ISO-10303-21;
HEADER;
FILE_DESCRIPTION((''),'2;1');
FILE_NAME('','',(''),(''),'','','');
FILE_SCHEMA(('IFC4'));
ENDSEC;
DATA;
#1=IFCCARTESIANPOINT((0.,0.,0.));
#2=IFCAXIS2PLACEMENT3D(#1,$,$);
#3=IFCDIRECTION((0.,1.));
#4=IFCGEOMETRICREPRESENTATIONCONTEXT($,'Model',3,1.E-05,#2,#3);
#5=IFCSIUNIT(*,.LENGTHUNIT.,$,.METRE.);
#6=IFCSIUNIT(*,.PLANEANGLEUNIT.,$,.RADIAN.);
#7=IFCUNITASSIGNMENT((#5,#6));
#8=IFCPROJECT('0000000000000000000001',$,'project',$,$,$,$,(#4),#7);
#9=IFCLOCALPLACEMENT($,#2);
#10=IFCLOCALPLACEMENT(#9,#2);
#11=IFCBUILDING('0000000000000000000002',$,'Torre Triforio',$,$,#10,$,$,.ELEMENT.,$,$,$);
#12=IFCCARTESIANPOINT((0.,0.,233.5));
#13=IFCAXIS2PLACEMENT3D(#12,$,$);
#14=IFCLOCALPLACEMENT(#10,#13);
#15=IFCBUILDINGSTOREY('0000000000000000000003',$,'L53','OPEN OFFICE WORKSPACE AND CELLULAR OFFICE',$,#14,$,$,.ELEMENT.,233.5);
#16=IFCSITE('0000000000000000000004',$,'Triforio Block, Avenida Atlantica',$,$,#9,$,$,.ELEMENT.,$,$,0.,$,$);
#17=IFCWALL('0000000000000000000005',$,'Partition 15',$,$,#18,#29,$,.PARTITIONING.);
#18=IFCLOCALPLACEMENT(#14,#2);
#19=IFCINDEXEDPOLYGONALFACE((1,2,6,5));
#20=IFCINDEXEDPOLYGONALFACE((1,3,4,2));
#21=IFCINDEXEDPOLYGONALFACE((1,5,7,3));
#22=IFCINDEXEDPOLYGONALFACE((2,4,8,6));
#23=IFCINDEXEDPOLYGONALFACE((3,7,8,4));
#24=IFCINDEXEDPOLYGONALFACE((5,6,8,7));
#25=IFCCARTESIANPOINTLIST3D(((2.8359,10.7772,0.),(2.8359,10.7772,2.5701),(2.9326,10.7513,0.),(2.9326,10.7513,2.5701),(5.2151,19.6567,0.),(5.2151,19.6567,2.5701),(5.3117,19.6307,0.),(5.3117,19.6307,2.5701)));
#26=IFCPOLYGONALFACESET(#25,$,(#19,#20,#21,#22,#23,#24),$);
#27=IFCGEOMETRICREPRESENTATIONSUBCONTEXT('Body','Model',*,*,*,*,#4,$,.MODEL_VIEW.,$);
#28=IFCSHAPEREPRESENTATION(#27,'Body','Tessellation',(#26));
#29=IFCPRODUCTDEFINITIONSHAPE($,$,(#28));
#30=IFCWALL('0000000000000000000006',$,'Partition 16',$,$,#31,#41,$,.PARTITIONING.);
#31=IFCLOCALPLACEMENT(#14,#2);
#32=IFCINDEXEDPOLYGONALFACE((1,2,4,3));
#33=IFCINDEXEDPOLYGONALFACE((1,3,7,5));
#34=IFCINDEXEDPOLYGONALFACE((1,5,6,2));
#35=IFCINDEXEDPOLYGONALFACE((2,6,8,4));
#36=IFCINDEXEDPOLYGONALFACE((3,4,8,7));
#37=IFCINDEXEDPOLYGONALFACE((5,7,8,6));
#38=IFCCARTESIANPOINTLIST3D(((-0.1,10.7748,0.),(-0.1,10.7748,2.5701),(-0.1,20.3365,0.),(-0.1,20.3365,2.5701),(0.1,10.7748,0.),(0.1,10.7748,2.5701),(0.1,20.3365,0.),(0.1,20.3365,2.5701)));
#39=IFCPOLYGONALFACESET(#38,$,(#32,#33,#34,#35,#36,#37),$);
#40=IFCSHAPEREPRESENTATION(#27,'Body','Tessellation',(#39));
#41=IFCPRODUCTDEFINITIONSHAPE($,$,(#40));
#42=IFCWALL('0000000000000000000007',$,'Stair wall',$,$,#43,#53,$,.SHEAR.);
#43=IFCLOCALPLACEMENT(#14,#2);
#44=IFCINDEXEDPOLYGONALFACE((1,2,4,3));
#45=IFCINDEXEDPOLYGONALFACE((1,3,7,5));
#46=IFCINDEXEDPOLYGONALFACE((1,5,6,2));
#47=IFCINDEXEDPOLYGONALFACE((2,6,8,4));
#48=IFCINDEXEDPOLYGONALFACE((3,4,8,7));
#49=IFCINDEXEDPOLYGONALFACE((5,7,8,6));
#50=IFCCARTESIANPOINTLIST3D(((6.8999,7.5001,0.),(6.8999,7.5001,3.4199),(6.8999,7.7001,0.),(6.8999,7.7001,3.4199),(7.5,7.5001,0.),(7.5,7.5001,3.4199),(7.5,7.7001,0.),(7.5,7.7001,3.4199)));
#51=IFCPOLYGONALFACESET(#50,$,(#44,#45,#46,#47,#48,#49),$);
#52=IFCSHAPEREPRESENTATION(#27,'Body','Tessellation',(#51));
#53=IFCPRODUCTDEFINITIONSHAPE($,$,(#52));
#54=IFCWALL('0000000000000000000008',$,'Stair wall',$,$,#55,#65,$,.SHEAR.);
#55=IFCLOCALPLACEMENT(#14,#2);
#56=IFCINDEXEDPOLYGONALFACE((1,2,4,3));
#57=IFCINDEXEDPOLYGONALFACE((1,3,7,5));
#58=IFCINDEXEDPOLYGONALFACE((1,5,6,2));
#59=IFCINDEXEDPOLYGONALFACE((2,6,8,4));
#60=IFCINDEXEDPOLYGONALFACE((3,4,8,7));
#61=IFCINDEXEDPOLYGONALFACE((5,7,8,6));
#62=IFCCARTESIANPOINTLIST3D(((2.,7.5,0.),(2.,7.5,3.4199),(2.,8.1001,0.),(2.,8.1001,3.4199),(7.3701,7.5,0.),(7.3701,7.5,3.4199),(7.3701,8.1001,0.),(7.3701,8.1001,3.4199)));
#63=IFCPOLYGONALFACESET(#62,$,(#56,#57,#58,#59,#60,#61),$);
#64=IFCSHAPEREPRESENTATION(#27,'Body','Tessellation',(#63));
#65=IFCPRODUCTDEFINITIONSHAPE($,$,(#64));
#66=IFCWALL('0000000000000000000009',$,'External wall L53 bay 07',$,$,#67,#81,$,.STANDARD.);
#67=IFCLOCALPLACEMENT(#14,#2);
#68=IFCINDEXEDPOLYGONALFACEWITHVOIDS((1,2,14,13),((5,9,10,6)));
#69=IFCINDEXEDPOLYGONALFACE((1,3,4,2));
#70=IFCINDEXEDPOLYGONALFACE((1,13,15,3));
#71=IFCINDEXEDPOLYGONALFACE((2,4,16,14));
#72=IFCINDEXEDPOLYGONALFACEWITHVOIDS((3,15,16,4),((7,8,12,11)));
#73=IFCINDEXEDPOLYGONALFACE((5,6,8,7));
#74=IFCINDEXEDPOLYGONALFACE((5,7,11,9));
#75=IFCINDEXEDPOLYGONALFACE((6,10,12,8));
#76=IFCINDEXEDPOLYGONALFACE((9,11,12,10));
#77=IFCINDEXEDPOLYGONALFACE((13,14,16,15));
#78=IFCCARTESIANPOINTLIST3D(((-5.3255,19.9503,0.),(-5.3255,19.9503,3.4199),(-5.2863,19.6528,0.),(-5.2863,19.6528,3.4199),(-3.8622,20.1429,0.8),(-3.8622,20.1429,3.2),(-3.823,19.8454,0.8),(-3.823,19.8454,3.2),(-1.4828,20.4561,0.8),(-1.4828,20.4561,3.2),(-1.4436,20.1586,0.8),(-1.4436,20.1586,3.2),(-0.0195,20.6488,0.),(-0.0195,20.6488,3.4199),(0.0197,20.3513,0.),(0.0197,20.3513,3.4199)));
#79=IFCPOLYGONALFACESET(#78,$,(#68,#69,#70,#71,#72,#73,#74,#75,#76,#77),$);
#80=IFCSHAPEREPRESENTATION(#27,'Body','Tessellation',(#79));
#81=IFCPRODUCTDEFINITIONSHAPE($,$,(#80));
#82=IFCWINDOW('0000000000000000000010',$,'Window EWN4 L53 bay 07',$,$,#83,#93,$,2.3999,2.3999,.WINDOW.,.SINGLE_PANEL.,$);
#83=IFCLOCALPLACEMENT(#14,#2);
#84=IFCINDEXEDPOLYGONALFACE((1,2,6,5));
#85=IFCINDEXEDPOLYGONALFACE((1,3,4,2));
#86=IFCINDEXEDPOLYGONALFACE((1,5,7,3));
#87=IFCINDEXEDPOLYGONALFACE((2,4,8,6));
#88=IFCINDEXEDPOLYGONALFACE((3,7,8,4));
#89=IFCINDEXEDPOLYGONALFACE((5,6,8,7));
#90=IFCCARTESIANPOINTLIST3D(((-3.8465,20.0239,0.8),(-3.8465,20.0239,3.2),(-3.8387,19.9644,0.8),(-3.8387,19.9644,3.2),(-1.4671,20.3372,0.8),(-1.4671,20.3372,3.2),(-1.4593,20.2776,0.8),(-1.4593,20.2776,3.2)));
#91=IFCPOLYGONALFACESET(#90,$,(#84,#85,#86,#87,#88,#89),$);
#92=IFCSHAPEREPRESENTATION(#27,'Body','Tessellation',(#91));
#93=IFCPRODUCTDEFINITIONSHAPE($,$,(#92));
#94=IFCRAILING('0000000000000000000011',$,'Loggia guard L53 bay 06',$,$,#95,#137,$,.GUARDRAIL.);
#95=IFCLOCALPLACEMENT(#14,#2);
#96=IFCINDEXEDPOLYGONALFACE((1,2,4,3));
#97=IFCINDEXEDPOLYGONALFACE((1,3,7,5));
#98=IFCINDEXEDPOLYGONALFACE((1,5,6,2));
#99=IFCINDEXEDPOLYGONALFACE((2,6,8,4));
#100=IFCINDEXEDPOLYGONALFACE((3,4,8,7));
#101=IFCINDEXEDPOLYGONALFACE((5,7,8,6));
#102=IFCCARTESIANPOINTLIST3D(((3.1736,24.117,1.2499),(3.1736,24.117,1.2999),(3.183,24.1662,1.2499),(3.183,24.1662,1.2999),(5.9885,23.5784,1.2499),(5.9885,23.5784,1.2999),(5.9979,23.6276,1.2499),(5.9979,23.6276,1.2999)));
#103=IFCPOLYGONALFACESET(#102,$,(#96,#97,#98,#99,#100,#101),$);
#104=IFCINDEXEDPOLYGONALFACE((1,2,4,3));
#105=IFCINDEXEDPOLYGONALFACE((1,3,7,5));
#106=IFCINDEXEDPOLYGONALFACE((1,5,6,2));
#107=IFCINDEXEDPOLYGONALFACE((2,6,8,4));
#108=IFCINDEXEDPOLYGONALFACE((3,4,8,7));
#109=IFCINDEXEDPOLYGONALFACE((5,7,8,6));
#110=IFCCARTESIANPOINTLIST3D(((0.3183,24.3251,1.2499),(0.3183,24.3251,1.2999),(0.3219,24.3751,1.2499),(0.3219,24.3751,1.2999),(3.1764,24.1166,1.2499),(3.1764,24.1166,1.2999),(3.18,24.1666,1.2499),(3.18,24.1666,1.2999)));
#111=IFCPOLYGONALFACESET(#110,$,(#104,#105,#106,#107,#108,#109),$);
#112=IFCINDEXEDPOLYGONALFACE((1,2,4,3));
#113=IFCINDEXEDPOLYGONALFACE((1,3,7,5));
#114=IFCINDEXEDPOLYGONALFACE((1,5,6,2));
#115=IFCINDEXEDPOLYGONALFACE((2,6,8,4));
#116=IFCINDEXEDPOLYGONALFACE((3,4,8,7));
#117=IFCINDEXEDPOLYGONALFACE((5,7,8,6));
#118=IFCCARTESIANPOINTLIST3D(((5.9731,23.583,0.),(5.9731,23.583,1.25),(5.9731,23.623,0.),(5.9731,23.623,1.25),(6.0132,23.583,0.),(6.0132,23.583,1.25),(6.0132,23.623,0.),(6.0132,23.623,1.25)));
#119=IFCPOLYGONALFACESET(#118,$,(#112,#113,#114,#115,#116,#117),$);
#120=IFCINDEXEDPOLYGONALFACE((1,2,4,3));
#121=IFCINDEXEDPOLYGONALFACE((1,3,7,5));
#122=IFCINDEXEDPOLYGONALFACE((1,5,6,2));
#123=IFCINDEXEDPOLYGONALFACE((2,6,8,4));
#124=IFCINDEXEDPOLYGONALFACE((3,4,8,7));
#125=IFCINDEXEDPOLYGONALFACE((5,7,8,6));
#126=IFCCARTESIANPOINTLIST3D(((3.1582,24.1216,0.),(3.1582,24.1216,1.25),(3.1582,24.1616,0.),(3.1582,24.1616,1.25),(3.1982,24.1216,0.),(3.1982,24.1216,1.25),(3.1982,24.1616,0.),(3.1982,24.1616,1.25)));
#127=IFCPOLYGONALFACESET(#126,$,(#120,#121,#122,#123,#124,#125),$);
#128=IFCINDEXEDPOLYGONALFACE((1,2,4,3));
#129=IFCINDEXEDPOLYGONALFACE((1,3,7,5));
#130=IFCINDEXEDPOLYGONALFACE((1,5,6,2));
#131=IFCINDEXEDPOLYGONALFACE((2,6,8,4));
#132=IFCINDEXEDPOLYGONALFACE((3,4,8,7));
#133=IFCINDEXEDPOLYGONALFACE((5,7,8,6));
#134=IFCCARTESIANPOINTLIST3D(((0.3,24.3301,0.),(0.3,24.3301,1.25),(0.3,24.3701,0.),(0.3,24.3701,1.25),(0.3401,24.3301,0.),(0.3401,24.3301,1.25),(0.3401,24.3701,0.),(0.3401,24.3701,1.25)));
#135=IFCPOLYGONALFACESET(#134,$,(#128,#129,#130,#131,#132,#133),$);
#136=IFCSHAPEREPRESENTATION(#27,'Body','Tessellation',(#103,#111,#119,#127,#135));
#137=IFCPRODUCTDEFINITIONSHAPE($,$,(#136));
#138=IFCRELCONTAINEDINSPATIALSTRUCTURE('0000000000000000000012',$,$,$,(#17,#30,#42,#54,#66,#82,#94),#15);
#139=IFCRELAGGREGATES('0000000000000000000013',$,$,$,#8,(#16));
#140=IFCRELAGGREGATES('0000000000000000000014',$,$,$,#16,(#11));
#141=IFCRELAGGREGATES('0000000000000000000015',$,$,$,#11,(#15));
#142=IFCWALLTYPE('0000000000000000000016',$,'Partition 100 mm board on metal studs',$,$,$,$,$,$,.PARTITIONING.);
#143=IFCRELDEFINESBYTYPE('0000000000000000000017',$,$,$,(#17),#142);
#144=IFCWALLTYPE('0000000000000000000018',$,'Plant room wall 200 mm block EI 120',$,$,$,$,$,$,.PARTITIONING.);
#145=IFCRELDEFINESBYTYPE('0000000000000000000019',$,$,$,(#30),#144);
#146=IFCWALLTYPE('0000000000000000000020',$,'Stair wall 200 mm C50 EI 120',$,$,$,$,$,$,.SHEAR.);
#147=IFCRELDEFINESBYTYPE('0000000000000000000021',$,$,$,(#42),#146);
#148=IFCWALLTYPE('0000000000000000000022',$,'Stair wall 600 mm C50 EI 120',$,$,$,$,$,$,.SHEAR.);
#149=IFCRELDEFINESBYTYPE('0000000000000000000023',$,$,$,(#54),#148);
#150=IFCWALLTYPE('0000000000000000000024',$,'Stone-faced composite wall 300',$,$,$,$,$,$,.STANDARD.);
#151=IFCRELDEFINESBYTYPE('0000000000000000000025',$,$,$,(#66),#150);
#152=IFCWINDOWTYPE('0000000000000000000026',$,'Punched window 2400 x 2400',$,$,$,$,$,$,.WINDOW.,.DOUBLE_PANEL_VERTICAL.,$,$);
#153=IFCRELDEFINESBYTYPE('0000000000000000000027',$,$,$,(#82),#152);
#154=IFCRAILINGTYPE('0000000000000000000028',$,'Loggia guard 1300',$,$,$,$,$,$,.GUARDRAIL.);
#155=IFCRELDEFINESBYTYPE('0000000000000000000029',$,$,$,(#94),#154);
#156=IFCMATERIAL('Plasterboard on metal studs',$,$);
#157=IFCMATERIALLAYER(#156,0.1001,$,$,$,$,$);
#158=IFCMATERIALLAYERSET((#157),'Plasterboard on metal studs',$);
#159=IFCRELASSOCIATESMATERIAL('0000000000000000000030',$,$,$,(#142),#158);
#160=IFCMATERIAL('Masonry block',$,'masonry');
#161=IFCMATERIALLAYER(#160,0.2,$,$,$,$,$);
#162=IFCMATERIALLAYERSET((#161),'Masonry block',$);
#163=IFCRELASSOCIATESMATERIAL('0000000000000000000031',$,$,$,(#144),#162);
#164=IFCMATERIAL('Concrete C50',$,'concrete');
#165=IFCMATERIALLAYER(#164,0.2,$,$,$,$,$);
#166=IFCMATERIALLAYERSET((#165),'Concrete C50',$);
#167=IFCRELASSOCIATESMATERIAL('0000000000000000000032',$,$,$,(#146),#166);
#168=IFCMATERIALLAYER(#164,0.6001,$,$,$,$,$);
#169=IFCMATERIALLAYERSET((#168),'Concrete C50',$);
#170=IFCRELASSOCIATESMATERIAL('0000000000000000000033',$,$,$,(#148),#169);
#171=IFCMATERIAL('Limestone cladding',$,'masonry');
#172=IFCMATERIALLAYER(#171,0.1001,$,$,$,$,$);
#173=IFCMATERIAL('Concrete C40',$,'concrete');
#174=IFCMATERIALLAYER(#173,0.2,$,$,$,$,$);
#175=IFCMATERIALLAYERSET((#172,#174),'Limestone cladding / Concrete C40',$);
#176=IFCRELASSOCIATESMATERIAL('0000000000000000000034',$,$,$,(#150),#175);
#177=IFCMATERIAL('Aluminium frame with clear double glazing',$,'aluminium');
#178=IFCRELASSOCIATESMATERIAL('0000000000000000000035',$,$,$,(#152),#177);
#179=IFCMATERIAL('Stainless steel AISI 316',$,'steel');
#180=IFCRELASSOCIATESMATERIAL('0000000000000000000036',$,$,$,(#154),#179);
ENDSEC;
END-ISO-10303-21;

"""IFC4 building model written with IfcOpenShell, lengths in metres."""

from ifc_helpers import new_model, si_unit, direction, frame, frame_2d, origin, origin_2d, place, context, subcontext, project, spatial, rectangle, extrude, material, layer, layer_set, type_object, element, fill, save


model = new_model("IFC4")

# Units and contexts
model_context = context("Model", 3, precision=1e-05, world=origin(), true_north=direction((0.0, 1.0)))
body_context = subcontext(model_context, "Body", "Model", "MODEL_VIEW")
ifc_project = project(units=[si_unit("LENGTHUNIT", "METRE"), si_unit("PLANEANGLEUNIT", "RADIAN")], contexts=[model_context])

# Site, building, storey
site_placement = place(None, origin())
site = spatial("IfcSite", under=ifc_project, at=site_placement, Name="Triforio Block, Avenida Atlantica", CompositionType="ELEMENT", RefElevation=0.0)
building_placement = place(site_placement, origin())
building = spatial("IfcBuilding", under=site, at=building_placement, Name="Torre Triforio", CompositionType="ELEMENT")
storey_placement = place(building_placement, frame((0.0, 0.0, 233.5)))
storey = spatial("IfcBuildingStorey", under=building, at=storey_placement, Name="L53", Description="OPEN OFFICE WORKSPACE AND CELLULAR OFFICE", CompositionType="ELEMENT", Elevation=233.5)

# Shared definitions
ifc_material_1 = material(Name="Concrete C50", Category="concrete")

# Shared definitions
ifc_material_2 = material(Name="Concrete C40", Category="concrete")

# Shared definitions
ifc_material_3 = material(Name="Plasterboard on metal studs")

# Walls
ifc_layer_1 = layer(ifc_material_3, 0.1001)
ifc_layer_set_1 = layer_set([ifc_layer_1], Name="Plasterboard on metal studs")
wall_type_1 = type_object("IfcWallType", Name="Partition 100 mm board on metal studs", PredefinedType="PARTITIONING", material=ifc_layer_set_1)
wall_1_placement = place(storey_placement, frame((2.8843, 10.7644, 0.0), z_axis=(0.0, 0.0, 1.0), x_axis=(0.258811, 0.965928, 0.0)))
element("IfcWall", 1, at=wall_1_placement, inside=storey, type_object=wall_type_1, Name="Partition 15", PredefinedType="PARTITIONING", context=body_context, shape_type="SweptSolid", body=[
    extrude(rectangle(XDim=9.1926, YDim=0.1001, at=frame_2d((4.5962, 0.0))), origin(), (0.0, 0.0, 1.0), 2.5701),
])
ifc_material_4 = material(Name="Masonry block", Category="masonry")
ifc_layer_2 = layer(ifc_material_4, 0.2)
ifc_layer_set_2 = layer_set([ifc_layer_2], Name="Masonry block")
wall_type_2 = type_object("IfcWallType", Name="Plant room wall 200 mm block EI 120", PredefinedType="PARTITIONING", material=ifc_layer_set_2)
wall_2_placement = place(storey_placement, frame((0.0, 10.7749, 0.0), z_axis=(0.0, 0.0, 1.0), x_axis=(0.0, 1.0, 0.0)))
element("IfcWall", 2, at=wall_2_placement, inside=storey, type_object=wall_type_2, Name="Partition 16", PredefinedType="PARTITIONING", context=body_context, shape_type="SweptSolid", body=[
    extrude(rectangle(XDim=9.5618, YDim=0.2, at=frame_2d((4.7808, 0.0))), origin(), (0.0, 0.0, 1.0), 2.5701),
])
ifc_layer_3 = layer(ifc_material_1, 0.2)
ifc_layer_set_3 = layer_set([ifc_layer_3], Name="Concrete C50")
wall_type_3 = type_object("IfcWallType", Name="Stair wall 200 mm C50 EI 120", PredefinedType="SHEAR", material=ifc_layer_set_3)
wall_3_placement = place(storey_placement, frame((6.8999, 7.6001, 0.0), z_axis=(0.0, 0.0, 1.0), x_axis=(1.0, 0.0, 0.0)))
element("IfcWall", 3, at=wall_3_placement, inside=storey, type_object=wall_type_3, Name="Stair wall", PredefinedType="SHEAR", context=body_context, shape_type="SweptSolid", body=[
    extrude(rectangle(XDim=0.6001, YDim=0.2, at=frame_2d((0.3, 0.0))), origin(), (0.0, 0.0, 1.0), 3.4199),
])
ifc_layer_4 = layer(ifc_material_1, 0.6001)
ifc_layer_set_4 = layer_set([ifc_layer_4], Name="Concrete C50")
wall_type_4 = type_object("IfcWallType", Name="Stair wall 600 mm C50 EI 120", PredefinedType="SHEAR", material=ifc_layer_set_4)
wall_4_placement = place(storey_placement, frame((2.0, 7.8, 0.0), z_axis=(0.0, 0.0, 1.0), x_axis=(1.0, 0.0, 0.0)))
element("IfcWall", 4, at=wall_4_placement, inside=storey, type_object=wall_type_4, Name="Stair wall", PredefinedType="SHEAR", context=body_context, shape_type="SweptSolid", body=[
    extrude(rectangle(XDim=5.3701, YDim=0.6001, at=frame_2d((2.6851, 0.0))), origin(), (0.0, 0.0, 1.0), 3.4199),
])

# Shared definitions
ifc_material_5 = material(Name="Limestone cladding", Category="masonry")
ifc_layer_5 = layer(ifc_material_5, 0.1001)
ifc_layer_6 = layer(ifc_material_2, 0.2)
ifc_layer_set_5 = layer_set([ifc_layer_5, ifc_layer_6], Name="Limestone cladding / Concrete C40")
wall_type_5 = type_object("IfcWallType", Name="Stone-faced composite wall 300", PredefinedType="STANDARD", material=ifc_layer_set_5)
ifc_material_6 = material(Name="Aluminium frame with clear double glazing", Category="aluminium")

# Wall, opening, window
wall_5_placement = place(storey_placement, frame((0.0, 20.5, 0.0), z_axis=(0.0, 0.0, 1.0), x_axis=(-0.991446, -0.130517, 0.0)))
wall_5 = element("IfcWall", 5, at=wall_5_placement, inside=storey, type_object=wall_type_5, Name="External wall L53 bay 07", PredefinedType="STANDARD", context=body_context, shape_type="SweptSolid", body=[
    extrude(rectangle(XDim=5.3518, YDim=0.3, at=frame_2d((2.6758, 0.0))), origin(), (0.0, 0.0, 1.0), 3.4199),
])
opening_1_placement = place(wall_5_placement, frame((1.4758, 0.0, 0.8)))
opening_1 = element("IfcOpeningElement", 6, at=opening_1_placement, cuts=wall_5, PredefinedType="OPENING", context=body_context, shape_type="SweptSolid", body=[
    extrude(rectangle(XDim=2.3999, YDim=2.3999, at=frame_2d((1.2, 1.2))), frame((0.0, 0.1599, 0.0), z_axis=(0.0, -1.0, 0.0), x_axis=(1.0, 0.0, 0.0)), (0.0, 0.0, 1.0), 0.3201),
])
window_type_1 = type_object("IfcWindowType", Name="Punched window 2400 x 2400", PartitioningType="DOUBLE_PANEL_VERTICAL", PredefinedType="WINDOW", material=ifc_material_6)
window_1_placement = place(opening_1_placement, origin())
window_1 = element("IfcWindow", 7, at=window_1_placement, inside=storey, type_object=window_type_1, Name="Window EWN4 L53 bay 07", OverallHeight=2.3999, OverallWidth=2.3999, PartitioningType="SINGLE_PANEL", PredefinedType="WINDOW", context=body_context, shape_type="SweptSolid", body=[
    extrude(rectangle(XDim=2.3999, YDim=2.3999, at=frame_2d((1.2, 1.2))), frame((0.0, 0.03, 0.0), z_axis=(0.0, -1.0, 0.0), x_axis=(1.0, 0.0, 0.0)), (0.0, 0.0, 1.0), 0.0601),
])
fill(opening_1, window_1)

# Railing
ifc_material_7 = material(Name="Stainless steel AISI 316", Category="steel")
railing_type = type_object("IfcRailingType", Name="Loggia guard 1300", PredefinedType="GUARDRAIL", material=ifc_material_7)
railing_placement = place(storey_placement, frame((5.9932, 23.603, 0.0)))
element("IfcRailing", 8, at=railing_placement, inside=storey, type_object=railing_type, Name="Loggia guard L53 bay 06", PredefinedType="GUARDRAIL", context=body_context, shape_type="SweptSolid", body=[
    extrude(rectangle(XDim=0.05, YDim=0.05, at=origin_2d()), frame((0.0, 0.0, 1.2749), z_axis=(-0.982185, 0.187918, 0.0), x_axis=(-0.187918, -0.982185, 0.0)), (0.0, 0.0, 1.0), 2.866),
    extrude(rectangle(XDim=0.05, YDim=0.05, at=origin_2d()), frame((-2.8149, 0.5386, 1.2749), z_axis=(-0.99735, 0.072754, 0.0), x_axis=(-0.072754, -0.99735, 0.0)), (0.0, 0.0, 1.0), 2.8657),
    extrude(rectangle(XDim=0.04, YDim=0.04, at=origin_2d()), origin(), (0.0, 0.0, 1.0), 1.25),
    extrude(rectangle(XDim=0.04, YDim=0.04, at=origin_2d()), frame((-2.8149, 0.5386, 0.0)), (0.0, 0.0, 1.0), 1.25),
    extrude(rectangle(XDim=0.04, YDim=0.04, at=origin_2d()), frame((-5.6731, 0.7471, 0.0)), (0.0, 0.0, 1.0), 1.25),
])

save(model, "model.ifc")
